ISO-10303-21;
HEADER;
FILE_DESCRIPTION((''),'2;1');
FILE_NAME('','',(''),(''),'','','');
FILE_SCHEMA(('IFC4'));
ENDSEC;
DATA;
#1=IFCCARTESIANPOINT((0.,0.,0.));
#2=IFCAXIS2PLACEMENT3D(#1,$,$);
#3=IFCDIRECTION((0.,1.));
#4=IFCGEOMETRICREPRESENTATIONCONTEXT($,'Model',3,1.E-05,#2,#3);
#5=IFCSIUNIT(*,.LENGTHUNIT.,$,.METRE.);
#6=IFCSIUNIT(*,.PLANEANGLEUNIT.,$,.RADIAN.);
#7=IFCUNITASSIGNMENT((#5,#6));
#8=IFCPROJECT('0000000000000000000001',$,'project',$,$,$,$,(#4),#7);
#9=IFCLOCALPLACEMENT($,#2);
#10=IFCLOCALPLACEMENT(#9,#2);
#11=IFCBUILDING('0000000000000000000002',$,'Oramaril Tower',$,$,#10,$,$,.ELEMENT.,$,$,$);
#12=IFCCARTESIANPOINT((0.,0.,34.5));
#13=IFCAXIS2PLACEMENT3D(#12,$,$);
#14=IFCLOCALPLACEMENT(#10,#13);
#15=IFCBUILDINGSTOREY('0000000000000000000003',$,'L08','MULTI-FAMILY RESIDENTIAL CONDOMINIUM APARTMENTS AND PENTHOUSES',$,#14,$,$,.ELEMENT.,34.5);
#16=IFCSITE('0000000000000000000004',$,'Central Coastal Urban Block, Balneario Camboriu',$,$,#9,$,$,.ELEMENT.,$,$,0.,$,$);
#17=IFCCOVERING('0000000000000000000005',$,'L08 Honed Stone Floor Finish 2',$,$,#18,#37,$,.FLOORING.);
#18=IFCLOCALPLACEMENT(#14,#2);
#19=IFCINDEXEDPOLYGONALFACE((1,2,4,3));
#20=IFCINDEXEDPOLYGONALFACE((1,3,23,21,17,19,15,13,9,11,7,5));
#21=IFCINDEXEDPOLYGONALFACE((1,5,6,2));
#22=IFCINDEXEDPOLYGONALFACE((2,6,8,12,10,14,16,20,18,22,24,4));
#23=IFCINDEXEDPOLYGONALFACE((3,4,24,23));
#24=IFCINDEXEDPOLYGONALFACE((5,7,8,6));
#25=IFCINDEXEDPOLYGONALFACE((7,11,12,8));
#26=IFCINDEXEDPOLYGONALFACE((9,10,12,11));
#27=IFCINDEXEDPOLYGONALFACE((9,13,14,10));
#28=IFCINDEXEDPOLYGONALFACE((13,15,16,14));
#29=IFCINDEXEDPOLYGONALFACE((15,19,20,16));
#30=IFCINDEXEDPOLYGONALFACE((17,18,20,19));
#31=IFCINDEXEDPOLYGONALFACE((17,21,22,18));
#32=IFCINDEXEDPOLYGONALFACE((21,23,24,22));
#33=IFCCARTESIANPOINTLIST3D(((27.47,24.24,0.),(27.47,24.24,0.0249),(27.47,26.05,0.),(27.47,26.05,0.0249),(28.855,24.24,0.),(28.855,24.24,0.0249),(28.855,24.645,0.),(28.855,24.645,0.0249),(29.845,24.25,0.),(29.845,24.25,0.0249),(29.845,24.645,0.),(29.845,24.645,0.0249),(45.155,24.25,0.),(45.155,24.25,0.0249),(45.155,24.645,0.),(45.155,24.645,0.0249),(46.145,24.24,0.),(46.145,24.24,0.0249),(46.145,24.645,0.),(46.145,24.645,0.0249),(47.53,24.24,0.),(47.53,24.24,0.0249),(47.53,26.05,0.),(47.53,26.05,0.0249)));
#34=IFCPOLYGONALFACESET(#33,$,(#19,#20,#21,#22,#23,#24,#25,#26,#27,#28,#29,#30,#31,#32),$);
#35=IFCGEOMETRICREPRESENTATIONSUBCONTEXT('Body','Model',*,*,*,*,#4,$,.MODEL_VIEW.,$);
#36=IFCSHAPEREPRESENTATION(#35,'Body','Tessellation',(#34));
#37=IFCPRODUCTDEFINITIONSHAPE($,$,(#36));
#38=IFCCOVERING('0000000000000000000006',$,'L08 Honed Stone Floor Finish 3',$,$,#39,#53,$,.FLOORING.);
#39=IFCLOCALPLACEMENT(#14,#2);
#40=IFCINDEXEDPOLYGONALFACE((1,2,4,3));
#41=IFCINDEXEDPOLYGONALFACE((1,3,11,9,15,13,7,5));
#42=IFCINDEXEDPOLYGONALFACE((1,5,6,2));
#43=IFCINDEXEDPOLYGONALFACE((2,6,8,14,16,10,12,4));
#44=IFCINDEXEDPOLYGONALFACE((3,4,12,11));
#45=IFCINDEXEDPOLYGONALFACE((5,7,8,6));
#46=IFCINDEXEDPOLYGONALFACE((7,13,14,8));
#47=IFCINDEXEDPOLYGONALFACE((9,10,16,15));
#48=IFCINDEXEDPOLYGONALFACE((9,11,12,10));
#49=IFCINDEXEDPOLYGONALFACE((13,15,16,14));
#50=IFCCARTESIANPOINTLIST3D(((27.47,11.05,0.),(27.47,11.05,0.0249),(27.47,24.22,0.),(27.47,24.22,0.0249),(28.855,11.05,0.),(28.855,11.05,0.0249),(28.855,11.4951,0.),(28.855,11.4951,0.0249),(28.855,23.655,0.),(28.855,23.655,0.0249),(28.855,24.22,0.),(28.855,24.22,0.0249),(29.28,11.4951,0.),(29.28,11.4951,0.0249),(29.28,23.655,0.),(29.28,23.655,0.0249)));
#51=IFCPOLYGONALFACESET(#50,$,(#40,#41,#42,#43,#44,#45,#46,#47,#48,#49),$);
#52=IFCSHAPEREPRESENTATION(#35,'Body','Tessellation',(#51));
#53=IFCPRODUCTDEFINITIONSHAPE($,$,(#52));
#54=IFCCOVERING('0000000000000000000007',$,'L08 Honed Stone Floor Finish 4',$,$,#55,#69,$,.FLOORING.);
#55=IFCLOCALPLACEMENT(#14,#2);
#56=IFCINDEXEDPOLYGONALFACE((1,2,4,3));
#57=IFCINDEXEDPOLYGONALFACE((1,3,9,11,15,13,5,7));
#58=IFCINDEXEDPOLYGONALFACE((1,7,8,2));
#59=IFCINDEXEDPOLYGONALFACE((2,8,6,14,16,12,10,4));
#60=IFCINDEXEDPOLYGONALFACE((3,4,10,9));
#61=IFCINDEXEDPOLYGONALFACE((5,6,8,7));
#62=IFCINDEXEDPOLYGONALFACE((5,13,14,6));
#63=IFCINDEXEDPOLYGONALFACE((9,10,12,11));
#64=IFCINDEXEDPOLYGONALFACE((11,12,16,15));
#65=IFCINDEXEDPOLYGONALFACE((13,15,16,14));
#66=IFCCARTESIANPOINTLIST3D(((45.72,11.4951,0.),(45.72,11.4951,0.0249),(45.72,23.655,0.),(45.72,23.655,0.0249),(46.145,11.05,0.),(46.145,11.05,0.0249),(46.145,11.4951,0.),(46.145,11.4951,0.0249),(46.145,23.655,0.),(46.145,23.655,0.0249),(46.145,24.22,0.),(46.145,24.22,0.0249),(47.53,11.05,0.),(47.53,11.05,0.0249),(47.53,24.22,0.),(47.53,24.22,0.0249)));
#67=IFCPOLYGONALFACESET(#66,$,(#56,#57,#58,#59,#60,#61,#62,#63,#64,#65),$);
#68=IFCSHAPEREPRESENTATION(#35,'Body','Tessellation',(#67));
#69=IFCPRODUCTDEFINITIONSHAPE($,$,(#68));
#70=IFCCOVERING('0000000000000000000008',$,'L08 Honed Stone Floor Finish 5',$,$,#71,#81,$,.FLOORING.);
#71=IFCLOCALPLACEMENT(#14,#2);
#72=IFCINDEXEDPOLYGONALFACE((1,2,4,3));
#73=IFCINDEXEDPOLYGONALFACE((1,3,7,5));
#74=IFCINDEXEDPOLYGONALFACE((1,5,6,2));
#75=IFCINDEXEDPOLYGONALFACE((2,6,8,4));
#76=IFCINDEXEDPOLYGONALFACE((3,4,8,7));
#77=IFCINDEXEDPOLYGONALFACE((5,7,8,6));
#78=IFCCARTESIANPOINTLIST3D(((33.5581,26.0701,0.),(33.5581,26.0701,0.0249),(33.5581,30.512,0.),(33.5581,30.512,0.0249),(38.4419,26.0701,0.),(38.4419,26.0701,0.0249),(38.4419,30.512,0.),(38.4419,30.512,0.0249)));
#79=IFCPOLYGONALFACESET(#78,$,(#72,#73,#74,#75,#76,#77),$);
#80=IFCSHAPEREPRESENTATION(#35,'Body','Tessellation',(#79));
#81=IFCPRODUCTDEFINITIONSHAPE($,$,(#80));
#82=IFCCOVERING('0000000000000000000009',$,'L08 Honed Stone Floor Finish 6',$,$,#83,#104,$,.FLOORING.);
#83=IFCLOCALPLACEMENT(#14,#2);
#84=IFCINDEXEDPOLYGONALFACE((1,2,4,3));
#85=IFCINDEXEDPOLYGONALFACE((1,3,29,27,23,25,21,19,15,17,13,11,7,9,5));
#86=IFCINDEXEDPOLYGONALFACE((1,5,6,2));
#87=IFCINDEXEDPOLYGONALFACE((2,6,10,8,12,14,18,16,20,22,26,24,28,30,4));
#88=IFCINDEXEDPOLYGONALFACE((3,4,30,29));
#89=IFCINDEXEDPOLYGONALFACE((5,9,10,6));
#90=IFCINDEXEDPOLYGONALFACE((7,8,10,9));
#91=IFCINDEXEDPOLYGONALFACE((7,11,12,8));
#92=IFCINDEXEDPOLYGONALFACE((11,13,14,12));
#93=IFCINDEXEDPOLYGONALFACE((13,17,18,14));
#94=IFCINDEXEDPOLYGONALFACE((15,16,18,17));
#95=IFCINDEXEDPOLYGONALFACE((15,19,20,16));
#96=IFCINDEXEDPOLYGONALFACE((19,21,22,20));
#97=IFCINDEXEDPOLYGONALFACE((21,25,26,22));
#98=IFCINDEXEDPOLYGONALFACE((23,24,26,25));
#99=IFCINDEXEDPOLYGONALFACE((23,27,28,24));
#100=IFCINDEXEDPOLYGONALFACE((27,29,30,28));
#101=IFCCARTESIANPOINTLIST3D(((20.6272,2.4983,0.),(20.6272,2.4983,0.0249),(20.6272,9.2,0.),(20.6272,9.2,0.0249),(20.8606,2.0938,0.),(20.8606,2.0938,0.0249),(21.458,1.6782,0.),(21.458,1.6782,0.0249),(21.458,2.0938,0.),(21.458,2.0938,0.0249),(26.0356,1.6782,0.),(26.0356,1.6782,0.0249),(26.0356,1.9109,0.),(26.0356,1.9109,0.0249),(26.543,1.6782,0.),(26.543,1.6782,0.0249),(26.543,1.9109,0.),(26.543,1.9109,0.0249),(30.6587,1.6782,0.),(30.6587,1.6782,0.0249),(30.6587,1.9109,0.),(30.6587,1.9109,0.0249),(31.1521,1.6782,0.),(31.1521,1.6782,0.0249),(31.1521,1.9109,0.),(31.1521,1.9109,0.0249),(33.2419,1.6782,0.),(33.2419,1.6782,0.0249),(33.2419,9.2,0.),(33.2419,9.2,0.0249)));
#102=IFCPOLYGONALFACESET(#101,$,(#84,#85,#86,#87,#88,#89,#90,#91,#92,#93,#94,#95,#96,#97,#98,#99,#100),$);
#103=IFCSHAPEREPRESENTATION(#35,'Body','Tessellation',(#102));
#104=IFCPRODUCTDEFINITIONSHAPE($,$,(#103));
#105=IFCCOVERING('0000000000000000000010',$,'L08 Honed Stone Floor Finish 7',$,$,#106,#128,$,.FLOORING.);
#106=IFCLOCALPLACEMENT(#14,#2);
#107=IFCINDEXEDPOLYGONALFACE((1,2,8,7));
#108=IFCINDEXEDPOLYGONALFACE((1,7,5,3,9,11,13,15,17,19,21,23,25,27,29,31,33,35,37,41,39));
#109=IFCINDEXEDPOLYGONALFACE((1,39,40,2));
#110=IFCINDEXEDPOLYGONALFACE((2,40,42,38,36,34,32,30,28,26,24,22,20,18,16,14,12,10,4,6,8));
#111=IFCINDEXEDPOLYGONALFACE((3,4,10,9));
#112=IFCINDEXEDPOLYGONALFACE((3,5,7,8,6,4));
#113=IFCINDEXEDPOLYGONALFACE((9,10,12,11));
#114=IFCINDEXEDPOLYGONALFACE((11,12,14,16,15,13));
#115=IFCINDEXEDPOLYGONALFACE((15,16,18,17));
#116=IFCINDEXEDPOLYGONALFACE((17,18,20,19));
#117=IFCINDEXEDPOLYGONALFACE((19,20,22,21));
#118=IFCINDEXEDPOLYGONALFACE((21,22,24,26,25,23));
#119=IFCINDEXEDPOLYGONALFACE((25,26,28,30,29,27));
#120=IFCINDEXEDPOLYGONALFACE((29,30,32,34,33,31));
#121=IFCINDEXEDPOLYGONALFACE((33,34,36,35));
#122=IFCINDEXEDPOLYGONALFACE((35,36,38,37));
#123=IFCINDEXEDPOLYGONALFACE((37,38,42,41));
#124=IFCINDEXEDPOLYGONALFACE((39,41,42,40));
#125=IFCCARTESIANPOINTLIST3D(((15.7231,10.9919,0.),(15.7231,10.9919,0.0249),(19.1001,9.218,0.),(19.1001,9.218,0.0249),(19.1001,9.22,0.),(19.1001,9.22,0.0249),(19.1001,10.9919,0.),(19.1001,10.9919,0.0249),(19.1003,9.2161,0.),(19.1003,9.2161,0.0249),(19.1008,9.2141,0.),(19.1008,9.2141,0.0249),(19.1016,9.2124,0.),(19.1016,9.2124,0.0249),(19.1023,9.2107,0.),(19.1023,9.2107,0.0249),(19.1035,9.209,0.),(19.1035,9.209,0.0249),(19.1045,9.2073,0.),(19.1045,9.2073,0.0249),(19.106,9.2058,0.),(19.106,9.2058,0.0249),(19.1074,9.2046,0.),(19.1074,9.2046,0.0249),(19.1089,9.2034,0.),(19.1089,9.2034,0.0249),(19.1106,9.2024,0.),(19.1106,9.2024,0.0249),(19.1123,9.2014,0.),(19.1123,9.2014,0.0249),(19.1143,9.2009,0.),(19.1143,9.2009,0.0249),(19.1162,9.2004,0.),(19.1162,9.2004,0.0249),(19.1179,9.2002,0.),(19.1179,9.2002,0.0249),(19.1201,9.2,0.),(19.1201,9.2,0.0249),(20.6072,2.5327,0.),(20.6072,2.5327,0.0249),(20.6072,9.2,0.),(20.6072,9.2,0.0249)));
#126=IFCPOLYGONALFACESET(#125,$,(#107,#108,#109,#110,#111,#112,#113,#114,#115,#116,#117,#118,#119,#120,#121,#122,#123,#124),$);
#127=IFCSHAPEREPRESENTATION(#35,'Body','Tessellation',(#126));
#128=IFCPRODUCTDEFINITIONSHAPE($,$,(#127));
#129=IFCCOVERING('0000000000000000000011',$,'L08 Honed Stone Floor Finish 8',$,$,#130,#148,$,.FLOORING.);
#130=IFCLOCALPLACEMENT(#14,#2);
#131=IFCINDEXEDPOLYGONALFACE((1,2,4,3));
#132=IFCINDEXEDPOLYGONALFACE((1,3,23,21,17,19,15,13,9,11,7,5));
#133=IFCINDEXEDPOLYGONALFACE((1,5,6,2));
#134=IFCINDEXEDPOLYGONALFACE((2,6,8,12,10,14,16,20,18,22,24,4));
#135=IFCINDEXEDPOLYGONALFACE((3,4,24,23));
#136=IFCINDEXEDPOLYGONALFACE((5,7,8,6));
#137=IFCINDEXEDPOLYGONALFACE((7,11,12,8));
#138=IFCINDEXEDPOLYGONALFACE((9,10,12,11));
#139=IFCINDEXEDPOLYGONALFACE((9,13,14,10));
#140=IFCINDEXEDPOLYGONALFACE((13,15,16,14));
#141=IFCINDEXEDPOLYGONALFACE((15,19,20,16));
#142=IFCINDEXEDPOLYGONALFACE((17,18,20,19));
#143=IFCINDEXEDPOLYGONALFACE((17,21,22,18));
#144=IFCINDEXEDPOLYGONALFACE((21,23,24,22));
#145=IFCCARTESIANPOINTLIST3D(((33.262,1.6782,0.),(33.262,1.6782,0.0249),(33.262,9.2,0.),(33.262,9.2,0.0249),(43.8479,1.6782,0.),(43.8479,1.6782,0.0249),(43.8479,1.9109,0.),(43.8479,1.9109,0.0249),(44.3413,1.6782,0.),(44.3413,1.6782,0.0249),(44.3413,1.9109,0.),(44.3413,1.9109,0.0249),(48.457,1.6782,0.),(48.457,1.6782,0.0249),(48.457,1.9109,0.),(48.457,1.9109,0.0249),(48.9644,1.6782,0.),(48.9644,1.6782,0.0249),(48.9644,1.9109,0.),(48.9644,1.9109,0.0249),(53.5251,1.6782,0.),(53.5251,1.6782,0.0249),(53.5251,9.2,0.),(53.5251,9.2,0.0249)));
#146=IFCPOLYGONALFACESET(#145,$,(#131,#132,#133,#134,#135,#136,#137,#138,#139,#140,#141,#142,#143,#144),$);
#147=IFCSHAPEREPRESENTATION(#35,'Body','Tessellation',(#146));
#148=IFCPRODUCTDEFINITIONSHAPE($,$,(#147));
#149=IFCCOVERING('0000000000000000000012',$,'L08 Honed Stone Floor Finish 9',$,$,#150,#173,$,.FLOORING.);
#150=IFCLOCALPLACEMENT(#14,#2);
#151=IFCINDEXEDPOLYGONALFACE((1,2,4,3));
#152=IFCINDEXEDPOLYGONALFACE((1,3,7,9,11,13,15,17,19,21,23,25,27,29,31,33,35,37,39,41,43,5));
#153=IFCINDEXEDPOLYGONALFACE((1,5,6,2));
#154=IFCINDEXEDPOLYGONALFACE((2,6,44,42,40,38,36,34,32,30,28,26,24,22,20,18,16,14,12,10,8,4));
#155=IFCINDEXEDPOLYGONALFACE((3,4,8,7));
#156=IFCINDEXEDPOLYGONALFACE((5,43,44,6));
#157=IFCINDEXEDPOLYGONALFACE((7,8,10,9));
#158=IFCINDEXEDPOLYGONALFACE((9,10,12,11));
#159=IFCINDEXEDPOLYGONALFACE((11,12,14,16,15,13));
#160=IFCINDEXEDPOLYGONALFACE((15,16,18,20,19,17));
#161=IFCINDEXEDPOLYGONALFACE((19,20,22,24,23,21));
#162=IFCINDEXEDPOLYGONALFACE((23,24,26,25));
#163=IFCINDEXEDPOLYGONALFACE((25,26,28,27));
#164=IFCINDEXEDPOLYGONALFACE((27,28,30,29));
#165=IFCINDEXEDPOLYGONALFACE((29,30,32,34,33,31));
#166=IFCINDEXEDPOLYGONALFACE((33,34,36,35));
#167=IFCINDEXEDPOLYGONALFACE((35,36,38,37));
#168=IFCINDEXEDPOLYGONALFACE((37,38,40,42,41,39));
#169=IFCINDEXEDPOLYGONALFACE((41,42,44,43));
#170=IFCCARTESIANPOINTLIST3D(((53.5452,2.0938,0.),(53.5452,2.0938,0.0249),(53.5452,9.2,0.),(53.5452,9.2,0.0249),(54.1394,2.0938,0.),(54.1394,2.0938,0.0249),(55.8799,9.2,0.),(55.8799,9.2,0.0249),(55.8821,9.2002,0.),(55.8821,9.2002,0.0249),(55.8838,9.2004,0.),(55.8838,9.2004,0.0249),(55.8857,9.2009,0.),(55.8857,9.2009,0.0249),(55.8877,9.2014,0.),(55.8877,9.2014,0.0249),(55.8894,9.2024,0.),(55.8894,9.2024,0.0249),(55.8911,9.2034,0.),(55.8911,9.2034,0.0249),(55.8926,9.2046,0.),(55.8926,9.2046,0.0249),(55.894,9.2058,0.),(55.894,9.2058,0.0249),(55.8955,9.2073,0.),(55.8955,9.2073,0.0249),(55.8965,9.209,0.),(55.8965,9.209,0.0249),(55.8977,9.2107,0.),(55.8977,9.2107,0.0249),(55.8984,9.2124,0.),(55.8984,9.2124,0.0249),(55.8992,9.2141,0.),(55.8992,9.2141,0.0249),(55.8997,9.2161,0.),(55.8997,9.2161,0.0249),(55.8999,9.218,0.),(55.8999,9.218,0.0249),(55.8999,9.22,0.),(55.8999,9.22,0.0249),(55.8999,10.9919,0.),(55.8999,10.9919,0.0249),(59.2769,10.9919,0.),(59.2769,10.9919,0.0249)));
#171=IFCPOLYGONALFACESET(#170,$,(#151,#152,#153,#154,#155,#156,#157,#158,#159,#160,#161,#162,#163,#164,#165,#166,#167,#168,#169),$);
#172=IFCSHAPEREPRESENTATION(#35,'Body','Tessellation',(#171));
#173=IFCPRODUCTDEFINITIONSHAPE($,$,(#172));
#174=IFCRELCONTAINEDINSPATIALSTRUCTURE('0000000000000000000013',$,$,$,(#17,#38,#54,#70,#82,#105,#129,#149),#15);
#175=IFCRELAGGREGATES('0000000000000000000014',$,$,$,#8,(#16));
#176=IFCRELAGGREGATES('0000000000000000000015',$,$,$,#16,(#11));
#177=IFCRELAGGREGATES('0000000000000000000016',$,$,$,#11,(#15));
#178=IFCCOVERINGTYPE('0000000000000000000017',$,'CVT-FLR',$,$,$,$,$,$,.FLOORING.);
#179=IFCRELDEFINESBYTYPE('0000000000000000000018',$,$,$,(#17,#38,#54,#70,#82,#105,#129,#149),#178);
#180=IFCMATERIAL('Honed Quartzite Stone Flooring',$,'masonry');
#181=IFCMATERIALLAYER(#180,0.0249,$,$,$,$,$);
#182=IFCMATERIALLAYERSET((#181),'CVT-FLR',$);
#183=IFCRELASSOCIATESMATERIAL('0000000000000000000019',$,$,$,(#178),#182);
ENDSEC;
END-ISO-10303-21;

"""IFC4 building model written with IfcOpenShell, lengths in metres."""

from ifc_helpers import new_model, si_unit, direction, frame, origin, place, context, subcontext, project, spatial, polyline, outline, extrude, material, layer, layer_set, type_object, element, save


model = new_model("IFC4")

# Units and contexts
model_context = context("Model", 3, precision=1e-05, world=origin(), true_north=direction((0.0, 1.0)))
body_context = subcontext(model_context, "Body", "Model", "MODEL_VIEW")
ifc_project = project(units=[si_unit("LENGTHUNIT", "METRE"), si_unit("PLANEANGLEUNIT", "RADIAN")], contexts=[model_context])

# Site, building, storey
site_placement = place(None, origin())
site = spatial("IfcSite", under=ifc_project, at=site_placement, Name="Central Coastal Urban Block, Balneario Camboriu", CompositionType="ELEMENT", RefElevation=0.0)
building_placement = place(site_placement, origin())
building = spatial("IfcBuilding", under=site, at=building_placement, Name="Oramaril Tower", CompositionType="ELEMENT")
storey_placement = place(building_placement, frame((0.0, 0.0, 34.5)))
storey = spatial("IfcBuildingStorey", under=building, at=storey_placement, Name="L08", Description="MULTI-FAMILY RESIDENTIAL CONDOMINIUM APARTMENTS AND PENTHOUSES", CompositionType="ELEMENT", Elevation=34.5)

# Coverings
ifc_material_1 = material(Name="Honed Quartzite Stone Flooring", Category="masonry")
ifc_layer_1 = layer(ifc_material_1, 0.0249)
ifc_layer_set_1 = layer_set([ifc_layer_1], Name="CVT-FLR")
covering_type_1 = type_object("IfcCoveringType", Name="CVT-FLR", PredefinedType="FLOORING", material=ifc_layer_set_1)
covering_1_placement = place(storey_placement, origin())
element("IfcCovering", 1, at=covering_1_placement, inside=storey, type_object=covering_type_1, Name="L08 Honed Stone Floor Finish 2", PredefinedType="FLOORING", context=body_context, shape_type="SweptSolid", body=[
    extrude(outline(polyline([(47.53, 24.24), (46.145, 24.24), (46.145, 24.645), (45.155, 24.645), (45.155, 24.25), (29.845, 24.25), (29.845, 24.645), (28.855, 24.645), (28.855, 24.24), (27.47, 24.24), (27.47, 26.05), (47.53, 26.05), (47.53, 24.24)])), origin(), (0.0, 0.0, 1.0), 0.0249),
])
covering_2_placement = place(storey_placement, origin())
element("IfcCovering", 2, at=covering_2_placement, inside=storey, type_object=covering_type_1, Name="L08 Honed Stone Floor Finish 3", PredefinedType="FLOORING", context=body_context, shape_type="SweptSolid", body=[
    extrude(outline(polyline([(28.855, 23.655), (29.28, 23.655), (29.28, 11.4951), (28.855, 11.4951), (28.855, 11.05), (27.47, 11.05), (27.47, 24.22), (28.855, 24.22), (28.855, 23.655)])), origin(), (0.0, 0.0, 1.0), 0.0249),
])
covering_3_placement = place(storey_placement, origin())
element("IfcCovering", 3, at=covering_3_placement, inside=storey, type_object=covering_type_1, Name="L08 Honed Stone Floor Finish 4", PredefinedType="FLOORING", context=body_context, shape_type="SweptSolid", body=[
    extrude(outline(polyline([(47.53, 11.05), (46.145, 11.05), (46.145, 11.4951), (45.72, 11.4951), (45.72, 23.655), (46.145, 23.655), (46.145, 24.22), (47.53, 24.22), (47.53, 11.05)])), origin(), (0.0, 0.0, 1.0), 0.0249),
])
covering_4_placement = place(storey_placement, origin())
element("IfcCovering", 4, at=covering_4_placement, inside=storey, type_object=covering_type_1, Name="L08 Honed Stone Floor Finish 5", PredefinedType="FLOORING", context=body_context, shape_type="SweptSolid", body=[
    extrude(outline(polyline([(38.4419, 30.512), (38.4419, 26.0701), (33.5581, 26.0701), (33.5581, 30.512), (38.4419, 30.512)])), origin(), (0.0, 0.0, 1.0), 0.0249),
])
covering_5_placement = place(storey_placement, origin())
element("IfcCovering", 5, at=covering_5_placement, inside=storey, type_object=covering_type_1, Name="L08 Honed Stone Floor Finish 6", PredefinedType="FLOORING", context=body_context, shape_type="SweptSolid", body=[
    extrude(outline(polyline([(31.1521, 1.9109), (30.6587, 1.9109), (30.6587, 1.6782), (26.543, 1.6782), (26.543, 1.9109), (26.0356, 1.9109), (26.0356, 1.6782), (21.458, 1.6782), (21.458, 2.0938), (20.8606, 2.0938), (20.6272, 2.4983), (20.6272, 9.2), (33.2419, 9.2), (33.2419, 1.6782), (31.1521, 1.6782), (31.1521, 1.9109)])), origin(), (0.0, 0.0, 1.0), 0.0249),
])
covering_6_placement = place(storey_placement, origin())
element("IfcCovering", 6, at=covering_6_placement, inside=storey, type_object=covering_type_1, Name="L08 Honed Stone Floor Finish 7", PredefinedType="FLOORING", context=body_context, shape_type="SweptSolid", body=[
    extrude(outline(polyline([(15.7231, 10.9919), (19.1001, 10.9919), (19.1001, 9.22), (19.1001, 9.218), (19.1003, 9.2161), (19.1008, 9.2141), (19.1016, 9.2124), (19.1023, 9.2107), (19.1035, 9.209), (19.1045, 9.2073), (19.106, 9.2058), (19.1074, 9.2046), (19.1089, 9.2034), (19.1106, 9.2024), (19.1123, 9.2014), (19.1143, 9.2009), (19.1162, 9.2004), (19.1179, 9.2002), (19.1201, 9.2), (20.6072, 9.2), (20.6072, 2.5327), (15.7231, 10.9919)])), origin(), (0.0, 0.0, 1.0), 0.0249),
])
covering_7_placement = place(storey_placement, origin())
element("IfcCovering", 7, at=covering_7_placement, inside=storey, type_object=covering_type_1, Name="L08 Honed Stone Floor Finish 8", PredefinedType="FLOORING", context=body_context, shape_type="SweptSolid", body=[
    extrude(outline(polyline([(48.9644, 1.6782), (48.9644, 1.9109), (48.457, 1.9109), (48.457, 1.6782), (44.3413, 1.6782), (44.3413, 1.9109), (43.8479, 1.9109), (43.8479, 1.6782), (33.262, 1.6782), (33.262, 9.2), (53.5251, 9.2), (53.5251, 1.6782), (48.9644, 1.6782)])), origin(), (0.0, 0.0, 1.0), 0.0249),
])
covering_8_placement = place(storey_placement, origin())
element("IfcCovering", 8, at=covering_8_placement, inside=storey, type_object=covering_type_1, Name="L08 Honed Stone Floor Finish 9", PredefinedType="FLOORING", context=body_context, shape_type="SweptSolid", body=[
    extrude(outline(polyline([(59.2769, 10.9919), (54.1394, 2.0938), (53.5452, 2.0938), (53.5452, 9.2), (55.8799, 9.2), (55.8821, 9.2002), (55.8838, 9.2004), (55.8857, 9.2009), (55.8877, 9.2014), (55.8894, 9.2024), (55.8911, 9.2034), (55.8926, 9.2046), (55.894, 9.2058), (55.8955, 9.2073), (55.8965, 9.209), (55.8977, 9.2107), (55.8984, 9.2124), (55.8992, 9.2141), (55.8997, 9.2161), (55.8999, 9.218), (55.8999, 9.22), (55.8999, 10.9919), (59.2769, 10.9919)])), origin(), (0.0, 0.0, 1.0), 0.0249),
])

save(model, "model.ifc")
